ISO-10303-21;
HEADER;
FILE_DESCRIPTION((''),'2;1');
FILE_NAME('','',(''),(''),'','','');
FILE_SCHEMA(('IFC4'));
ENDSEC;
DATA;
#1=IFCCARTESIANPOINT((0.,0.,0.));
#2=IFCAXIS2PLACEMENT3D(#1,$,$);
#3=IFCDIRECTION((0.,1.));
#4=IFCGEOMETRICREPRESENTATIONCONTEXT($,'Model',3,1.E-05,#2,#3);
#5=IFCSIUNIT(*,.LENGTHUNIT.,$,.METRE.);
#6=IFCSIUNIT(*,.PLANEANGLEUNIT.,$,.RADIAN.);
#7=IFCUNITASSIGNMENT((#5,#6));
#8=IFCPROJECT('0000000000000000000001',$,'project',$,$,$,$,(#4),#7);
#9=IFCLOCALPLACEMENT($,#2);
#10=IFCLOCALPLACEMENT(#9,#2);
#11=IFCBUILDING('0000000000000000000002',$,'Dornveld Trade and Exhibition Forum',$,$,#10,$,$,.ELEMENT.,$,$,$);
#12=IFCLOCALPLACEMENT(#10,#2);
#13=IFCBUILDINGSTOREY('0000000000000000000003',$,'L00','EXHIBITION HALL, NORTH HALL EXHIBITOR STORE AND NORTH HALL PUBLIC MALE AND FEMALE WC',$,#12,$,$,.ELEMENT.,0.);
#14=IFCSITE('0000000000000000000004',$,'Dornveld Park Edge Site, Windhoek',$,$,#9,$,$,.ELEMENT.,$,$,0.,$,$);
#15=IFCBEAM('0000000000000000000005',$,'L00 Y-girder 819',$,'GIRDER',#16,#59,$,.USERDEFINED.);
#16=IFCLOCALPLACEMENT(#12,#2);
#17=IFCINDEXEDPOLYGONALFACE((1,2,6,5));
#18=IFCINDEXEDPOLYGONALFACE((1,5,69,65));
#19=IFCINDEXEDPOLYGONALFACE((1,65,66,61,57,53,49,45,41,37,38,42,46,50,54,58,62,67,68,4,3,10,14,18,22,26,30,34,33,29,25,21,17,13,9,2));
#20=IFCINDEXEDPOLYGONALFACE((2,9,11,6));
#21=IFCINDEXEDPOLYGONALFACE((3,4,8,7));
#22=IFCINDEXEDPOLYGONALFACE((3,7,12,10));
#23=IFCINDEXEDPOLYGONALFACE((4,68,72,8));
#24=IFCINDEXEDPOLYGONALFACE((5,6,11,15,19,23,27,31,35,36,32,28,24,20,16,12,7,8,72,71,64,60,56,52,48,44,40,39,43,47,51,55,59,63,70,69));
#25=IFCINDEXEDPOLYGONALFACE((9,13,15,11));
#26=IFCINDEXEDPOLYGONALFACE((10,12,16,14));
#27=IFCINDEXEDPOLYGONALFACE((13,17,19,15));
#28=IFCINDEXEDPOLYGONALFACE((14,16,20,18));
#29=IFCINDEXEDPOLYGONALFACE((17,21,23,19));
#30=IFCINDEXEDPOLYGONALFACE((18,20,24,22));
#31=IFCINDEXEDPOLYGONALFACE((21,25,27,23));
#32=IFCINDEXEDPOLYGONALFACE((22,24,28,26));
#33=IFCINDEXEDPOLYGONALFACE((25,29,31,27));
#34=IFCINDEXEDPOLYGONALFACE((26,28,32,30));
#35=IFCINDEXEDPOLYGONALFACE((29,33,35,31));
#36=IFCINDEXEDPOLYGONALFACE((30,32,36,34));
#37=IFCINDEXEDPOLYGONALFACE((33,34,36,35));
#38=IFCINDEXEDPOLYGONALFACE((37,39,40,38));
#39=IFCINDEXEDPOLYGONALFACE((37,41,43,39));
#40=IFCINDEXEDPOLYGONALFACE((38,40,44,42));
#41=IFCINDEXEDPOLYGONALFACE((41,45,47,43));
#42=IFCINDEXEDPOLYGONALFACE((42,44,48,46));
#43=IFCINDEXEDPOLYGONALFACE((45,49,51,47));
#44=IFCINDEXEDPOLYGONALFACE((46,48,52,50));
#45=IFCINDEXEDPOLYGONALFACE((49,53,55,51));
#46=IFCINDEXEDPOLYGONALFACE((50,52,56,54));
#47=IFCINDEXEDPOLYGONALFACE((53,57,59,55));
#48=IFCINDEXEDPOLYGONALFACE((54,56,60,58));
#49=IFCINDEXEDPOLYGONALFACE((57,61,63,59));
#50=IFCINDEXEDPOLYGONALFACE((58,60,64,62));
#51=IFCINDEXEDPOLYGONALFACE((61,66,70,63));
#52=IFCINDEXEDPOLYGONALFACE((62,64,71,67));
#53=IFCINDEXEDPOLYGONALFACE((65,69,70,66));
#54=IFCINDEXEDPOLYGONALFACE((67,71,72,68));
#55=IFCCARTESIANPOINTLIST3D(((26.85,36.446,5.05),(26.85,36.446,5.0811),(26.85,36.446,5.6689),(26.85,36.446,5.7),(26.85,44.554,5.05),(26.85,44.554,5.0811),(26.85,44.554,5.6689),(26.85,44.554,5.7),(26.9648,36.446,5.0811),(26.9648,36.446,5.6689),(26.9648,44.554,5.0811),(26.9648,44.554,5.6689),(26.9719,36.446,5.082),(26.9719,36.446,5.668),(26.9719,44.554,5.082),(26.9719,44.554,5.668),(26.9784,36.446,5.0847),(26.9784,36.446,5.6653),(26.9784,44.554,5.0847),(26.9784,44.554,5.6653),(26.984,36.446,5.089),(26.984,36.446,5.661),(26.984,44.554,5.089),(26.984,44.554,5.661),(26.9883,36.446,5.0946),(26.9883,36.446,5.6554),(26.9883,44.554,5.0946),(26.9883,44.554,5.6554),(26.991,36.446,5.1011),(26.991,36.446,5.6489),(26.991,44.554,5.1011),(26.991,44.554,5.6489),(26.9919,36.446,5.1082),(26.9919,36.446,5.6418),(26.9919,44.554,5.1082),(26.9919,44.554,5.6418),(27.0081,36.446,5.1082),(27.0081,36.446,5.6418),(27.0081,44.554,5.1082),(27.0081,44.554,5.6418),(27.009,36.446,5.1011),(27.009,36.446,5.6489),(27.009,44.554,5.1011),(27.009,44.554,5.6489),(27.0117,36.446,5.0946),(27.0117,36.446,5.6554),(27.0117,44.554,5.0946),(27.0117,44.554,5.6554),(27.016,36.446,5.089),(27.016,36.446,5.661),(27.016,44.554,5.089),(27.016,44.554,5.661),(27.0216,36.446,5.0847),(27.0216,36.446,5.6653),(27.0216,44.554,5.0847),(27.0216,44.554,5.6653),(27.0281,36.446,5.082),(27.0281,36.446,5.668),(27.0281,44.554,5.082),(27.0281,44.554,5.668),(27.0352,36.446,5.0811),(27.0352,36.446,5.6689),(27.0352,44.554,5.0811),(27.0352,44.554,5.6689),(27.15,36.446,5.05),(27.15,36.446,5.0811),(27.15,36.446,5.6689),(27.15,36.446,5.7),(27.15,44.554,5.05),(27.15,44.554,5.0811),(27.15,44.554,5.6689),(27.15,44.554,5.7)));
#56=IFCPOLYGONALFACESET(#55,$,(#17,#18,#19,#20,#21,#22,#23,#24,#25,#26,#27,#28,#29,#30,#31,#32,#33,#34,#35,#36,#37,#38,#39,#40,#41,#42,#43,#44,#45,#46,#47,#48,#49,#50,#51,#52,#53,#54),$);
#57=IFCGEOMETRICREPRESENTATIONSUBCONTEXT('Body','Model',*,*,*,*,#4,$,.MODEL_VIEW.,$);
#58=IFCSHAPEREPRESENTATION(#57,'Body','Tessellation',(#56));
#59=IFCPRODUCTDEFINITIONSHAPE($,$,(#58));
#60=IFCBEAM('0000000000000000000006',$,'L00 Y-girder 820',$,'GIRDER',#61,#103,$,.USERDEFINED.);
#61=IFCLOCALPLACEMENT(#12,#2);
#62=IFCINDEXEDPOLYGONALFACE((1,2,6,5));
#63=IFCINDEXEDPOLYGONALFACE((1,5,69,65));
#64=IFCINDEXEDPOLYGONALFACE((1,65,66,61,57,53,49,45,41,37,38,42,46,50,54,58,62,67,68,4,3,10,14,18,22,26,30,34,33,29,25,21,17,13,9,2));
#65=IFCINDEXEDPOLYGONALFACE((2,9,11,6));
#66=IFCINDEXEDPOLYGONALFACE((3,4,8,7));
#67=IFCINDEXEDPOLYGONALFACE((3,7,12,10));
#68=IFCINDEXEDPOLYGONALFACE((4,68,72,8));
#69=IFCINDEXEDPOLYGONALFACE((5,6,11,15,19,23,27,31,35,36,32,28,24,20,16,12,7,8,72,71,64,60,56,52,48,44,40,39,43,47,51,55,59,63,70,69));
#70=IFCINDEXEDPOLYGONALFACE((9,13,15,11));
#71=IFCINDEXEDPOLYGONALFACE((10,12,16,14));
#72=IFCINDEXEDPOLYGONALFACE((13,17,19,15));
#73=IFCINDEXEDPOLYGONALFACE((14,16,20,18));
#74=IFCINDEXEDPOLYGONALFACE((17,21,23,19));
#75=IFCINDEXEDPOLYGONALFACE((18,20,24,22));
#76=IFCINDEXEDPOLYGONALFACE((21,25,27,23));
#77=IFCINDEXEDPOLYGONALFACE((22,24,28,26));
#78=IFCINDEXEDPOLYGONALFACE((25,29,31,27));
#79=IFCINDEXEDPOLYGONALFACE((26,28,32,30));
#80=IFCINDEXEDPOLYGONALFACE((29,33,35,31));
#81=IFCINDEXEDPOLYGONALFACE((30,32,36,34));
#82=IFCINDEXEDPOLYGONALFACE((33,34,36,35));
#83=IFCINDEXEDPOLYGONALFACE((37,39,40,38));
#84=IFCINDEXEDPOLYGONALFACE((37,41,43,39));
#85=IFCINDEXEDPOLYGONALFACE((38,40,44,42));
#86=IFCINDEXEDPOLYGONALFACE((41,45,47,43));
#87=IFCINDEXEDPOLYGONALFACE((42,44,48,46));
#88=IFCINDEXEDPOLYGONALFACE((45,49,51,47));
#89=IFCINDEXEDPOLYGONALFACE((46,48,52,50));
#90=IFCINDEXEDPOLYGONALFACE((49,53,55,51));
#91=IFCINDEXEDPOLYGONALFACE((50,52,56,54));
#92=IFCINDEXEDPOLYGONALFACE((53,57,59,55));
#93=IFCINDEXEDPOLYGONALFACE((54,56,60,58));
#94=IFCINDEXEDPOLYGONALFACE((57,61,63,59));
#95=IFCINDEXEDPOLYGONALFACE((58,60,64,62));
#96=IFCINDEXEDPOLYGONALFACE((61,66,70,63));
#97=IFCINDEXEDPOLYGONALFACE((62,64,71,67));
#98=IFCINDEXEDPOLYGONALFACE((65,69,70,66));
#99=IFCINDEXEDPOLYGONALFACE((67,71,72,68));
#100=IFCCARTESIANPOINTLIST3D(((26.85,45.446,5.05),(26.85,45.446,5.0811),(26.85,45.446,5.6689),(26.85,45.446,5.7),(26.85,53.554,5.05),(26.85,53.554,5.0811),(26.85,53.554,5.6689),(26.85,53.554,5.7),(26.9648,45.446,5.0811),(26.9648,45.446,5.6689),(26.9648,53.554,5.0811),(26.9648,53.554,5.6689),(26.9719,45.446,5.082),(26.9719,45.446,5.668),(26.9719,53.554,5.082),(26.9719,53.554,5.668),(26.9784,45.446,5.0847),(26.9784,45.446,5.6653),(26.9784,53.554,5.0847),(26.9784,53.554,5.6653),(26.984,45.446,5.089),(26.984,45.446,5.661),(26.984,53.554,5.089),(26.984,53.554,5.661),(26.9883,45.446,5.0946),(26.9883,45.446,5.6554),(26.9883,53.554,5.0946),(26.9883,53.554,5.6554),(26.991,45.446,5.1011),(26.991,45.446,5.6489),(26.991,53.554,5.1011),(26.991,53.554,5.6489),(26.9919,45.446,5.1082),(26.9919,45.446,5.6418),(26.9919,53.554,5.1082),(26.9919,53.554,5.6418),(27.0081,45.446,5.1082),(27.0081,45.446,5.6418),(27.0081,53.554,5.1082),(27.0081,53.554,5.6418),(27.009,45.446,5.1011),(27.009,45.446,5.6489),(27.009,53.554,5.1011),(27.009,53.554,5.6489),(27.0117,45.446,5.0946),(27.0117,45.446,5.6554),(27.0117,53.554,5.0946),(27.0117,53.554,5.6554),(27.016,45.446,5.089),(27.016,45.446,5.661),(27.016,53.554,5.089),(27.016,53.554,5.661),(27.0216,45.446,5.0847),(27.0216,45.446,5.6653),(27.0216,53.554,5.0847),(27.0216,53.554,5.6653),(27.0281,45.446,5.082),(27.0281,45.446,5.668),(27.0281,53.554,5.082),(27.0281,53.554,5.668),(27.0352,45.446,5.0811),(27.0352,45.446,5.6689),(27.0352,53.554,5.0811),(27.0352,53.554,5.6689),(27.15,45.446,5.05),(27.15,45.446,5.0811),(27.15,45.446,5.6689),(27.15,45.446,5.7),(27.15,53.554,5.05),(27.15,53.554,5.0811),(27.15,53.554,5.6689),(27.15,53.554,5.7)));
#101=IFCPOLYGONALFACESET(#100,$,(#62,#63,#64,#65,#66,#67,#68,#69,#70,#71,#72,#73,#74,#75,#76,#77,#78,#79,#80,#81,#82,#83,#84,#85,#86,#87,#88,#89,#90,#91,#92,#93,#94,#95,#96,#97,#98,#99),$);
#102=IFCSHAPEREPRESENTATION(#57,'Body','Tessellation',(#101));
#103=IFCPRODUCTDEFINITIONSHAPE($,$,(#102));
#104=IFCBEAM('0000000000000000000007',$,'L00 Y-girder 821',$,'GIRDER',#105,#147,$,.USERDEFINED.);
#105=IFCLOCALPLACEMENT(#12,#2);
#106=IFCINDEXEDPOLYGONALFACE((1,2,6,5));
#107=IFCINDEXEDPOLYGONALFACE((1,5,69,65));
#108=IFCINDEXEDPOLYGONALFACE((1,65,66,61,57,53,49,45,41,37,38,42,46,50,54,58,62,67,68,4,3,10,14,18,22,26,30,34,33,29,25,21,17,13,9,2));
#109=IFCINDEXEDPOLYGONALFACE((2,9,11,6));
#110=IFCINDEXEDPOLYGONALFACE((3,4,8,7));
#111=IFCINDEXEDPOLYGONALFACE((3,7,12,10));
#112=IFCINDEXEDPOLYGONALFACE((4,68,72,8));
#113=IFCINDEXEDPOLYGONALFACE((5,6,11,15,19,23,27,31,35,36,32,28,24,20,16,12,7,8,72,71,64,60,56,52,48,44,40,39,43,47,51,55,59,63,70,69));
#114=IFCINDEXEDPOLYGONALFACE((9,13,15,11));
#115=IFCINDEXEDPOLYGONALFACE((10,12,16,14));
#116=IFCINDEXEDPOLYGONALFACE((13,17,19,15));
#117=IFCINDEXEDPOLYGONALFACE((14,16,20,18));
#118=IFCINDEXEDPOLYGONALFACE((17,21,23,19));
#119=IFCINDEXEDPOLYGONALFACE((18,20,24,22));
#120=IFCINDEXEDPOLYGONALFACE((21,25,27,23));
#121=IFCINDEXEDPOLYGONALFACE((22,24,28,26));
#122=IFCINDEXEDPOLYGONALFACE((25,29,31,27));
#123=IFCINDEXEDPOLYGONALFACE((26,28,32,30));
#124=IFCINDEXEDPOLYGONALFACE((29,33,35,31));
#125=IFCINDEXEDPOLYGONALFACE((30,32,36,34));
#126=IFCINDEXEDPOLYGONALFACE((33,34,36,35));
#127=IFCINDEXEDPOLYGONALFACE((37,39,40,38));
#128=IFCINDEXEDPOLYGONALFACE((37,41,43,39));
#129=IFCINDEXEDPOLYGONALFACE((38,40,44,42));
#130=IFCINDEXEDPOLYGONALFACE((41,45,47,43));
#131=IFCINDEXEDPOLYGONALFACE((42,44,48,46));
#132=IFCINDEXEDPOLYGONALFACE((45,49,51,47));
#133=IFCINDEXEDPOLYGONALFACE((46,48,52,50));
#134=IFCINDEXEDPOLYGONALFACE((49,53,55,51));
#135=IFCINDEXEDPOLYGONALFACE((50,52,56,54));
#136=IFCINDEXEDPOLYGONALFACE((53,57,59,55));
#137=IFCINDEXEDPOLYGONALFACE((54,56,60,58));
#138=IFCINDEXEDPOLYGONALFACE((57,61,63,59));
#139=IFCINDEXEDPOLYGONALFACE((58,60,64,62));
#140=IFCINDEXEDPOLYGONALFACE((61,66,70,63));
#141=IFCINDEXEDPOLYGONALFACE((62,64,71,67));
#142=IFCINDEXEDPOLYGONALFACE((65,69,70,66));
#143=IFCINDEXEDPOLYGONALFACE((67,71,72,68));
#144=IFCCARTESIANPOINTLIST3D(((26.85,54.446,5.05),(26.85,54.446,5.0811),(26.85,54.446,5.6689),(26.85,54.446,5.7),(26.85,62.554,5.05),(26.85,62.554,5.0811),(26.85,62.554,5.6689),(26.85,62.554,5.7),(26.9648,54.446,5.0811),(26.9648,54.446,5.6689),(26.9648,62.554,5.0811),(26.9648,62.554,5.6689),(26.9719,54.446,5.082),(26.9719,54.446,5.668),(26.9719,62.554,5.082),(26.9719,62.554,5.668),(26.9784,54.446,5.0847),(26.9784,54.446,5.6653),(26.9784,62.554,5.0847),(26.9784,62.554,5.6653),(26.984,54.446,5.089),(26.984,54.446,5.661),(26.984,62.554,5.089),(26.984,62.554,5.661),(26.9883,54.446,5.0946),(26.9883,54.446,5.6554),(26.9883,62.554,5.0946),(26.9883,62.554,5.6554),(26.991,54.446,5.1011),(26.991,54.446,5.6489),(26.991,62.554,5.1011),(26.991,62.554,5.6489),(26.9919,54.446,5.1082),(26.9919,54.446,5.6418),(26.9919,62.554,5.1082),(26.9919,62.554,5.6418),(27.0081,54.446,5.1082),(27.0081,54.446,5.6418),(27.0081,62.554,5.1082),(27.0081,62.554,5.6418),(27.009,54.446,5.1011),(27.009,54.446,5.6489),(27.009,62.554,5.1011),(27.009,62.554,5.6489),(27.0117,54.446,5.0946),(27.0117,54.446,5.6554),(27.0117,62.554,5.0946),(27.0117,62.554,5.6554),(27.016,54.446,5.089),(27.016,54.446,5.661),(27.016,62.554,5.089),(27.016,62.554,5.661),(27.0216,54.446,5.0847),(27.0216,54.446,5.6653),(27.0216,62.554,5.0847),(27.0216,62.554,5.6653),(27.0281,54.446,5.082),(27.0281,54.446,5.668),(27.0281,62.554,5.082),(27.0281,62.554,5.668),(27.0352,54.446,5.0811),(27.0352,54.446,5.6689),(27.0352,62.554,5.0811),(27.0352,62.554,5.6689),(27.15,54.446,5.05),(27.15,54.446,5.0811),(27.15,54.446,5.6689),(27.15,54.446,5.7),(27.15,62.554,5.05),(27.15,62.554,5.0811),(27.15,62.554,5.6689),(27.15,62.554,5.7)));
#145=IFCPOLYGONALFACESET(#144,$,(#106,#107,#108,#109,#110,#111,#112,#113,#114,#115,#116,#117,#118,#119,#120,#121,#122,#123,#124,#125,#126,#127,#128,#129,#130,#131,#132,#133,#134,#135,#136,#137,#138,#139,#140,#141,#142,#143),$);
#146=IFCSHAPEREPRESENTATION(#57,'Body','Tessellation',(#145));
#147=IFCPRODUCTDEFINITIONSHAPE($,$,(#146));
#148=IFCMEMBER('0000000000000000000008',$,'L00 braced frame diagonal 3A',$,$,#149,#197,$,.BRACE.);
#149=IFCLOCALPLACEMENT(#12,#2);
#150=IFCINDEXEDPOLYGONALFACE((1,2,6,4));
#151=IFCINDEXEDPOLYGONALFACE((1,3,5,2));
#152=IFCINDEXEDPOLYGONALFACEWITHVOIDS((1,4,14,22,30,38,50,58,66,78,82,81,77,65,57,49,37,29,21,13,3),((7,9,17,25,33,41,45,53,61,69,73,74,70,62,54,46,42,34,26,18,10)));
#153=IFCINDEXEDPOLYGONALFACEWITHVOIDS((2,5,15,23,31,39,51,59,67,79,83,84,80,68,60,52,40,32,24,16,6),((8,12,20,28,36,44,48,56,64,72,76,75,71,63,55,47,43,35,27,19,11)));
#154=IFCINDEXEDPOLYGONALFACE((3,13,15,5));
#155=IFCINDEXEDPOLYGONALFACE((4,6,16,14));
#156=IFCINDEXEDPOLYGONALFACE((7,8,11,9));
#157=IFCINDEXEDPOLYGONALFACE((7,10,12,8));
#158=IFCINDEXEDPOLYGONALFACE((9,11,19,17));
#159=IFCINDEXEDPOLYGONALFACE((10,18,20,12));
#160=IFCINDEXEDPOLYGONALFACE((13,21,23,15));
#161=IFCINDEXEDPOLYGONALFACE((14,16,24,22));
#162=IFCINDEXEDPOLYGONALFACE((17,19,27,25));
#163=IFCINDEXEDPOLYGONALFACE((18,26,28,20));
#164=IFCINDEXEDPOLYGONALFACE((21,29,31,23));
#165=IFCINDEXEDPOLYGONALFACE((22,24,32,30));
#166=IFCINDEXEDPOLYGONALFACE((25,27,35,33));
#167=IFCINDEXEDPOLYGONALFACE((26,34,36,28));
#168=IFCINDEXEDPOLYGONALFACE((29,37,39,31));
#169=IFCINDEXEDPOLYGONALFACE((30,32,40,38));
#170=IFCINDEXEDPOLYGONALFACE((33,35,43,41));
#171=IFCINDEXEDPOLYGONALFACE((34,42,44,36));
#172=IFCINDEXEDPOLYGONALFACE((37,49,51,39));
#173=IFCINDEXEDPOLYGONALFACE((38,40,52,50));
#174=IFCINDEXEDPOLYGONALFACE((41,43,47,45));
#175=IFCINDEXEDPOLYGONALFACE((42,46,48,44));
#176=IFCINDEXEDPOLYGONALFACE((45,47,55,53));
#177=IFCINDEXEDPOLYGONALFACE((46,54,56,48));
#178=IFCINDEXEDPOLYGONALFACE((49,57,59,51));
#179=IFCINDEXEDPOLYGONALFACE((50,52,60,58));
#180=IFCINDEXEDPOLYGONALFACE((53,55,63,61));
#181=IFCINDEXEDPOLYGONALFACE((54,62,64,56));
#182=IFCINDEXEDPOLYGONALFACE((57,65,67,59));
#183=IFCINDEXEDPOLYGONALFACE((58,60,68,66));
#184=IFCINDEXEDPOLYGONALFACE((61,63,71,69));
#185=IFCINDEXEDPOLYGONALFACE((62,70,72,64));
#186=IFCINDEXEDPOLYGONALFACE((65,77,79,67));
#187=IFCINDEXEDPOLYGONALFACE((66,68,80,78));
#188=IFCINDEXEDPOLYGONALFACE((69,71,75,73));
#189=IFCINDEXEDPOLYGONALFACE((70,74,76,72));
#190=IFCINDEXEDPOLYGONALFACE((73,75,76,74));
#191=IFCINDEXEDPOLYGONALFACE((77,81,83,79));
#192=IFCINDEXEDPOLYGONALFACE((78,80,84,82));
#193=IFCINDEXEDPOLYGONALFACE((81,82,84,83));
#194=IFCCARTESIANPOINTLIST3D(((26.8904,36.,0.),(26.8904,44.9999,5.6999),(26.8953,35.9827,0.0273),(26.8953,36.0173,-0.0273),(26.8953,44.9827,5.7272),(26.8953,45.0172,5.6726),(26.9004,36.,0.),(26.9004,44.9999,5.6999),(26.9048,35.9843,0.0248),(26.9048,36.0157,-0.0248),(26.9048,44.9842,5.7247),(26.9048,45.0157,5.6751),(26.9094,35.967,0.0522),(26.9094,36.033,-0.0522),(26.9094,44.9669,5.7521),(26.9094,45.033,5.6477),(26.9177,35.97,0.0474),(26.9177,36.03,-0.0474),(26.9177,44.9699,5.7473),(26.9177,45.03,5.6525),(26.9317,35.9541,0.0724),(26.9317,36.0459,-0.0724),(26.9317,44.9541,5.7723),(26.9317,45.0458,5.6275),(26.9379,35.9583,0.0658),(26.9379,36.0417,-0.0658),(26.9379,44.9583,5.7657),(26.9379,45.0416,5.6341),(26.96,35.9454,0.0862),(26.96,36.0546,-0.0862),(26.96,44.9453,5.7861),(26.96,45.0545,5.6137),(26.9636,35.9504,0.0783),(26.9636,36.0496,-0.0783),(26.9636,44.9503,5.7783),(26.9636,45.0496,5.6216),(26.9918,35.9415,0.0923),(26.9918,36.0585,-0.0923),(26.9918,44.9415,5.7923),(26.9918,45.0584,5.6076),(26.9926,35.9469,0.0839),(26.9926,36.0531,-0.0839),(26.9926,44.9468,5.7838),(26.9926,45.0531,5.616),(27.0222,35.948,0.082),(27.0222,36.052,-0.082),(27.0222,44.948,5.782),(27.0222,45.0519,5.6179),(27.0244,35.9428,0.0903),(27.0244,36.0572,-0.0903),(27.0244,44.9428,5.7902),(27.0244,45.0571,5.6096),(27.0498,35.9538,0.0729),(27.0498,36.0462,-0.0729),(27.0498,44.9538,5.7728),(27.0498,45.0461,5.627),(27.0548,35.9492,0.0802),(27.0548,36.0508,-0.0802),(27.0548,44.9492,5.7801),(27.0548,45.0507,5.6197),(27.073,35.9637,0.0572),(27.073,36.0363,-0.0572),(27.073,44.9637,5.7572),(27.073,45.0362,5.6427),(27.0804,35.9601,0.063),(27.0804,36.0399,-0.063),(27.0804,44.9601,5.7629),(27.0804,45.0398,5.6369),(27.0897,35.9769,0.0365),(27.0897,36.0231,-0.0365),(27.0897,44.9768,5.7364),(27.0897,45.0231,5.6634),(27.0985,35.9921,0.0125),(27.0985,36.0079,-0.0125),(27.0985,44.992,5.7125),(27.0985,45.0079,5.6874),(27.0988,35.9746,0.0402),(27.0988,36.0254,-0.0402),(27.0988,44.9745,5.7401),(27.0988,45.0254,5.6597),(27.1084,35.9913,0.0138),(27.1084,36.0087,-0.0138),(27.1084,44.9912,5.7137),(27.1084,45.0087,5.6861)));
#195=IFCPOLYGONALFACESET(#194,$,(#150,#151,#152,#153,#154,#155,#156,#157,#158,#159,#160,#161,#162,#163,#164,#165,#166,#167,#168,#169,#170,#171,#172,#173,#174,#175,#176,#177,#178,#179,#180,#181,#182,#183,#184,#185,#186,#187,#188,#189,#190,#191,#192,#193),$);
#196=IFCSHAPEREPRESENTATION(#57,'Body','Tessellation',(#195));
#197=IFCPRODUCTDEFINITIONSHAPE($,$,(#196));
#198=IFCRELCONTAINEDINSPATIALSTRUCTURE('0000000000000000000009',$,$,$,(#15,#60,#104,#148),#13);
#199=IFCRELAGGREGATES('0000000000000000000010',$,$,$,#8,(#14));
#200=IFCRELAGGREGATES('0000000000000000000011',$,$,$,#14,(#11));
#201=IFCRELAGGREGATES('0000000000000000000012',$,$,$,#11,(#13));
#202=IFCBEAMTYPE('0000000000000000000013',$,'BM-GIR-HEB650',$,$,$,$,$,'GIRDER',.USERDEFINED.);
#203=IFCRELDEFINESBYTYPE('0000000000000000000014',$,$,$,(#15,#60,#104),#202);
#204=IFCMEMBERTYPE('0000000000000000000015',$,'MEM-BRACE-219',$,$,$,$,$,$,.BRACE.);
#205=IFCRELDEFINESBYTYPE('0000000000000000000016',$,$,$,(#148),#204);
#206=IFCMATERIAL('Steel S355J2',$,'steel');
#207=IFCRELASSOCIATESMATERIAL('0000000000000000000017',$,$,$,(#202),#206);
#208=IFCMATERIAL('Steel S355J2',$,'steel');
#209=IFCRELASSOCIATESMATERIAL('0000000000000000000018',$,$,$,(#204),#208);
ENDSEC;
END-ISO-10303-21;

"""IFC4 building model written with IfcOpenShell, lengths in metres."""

from ifc_helpers import new_model, si_unit, direction, frame, origin, origin_2d, place, context, subcontext, project, spatial, hollow_circle, i_section, extrude, material, material_profile, profile_set, type_object, element, save


model = new_model("IFC4")

# Units and contexts
model_context = context("Model", 3, precision=1e-05, world=origin(), true_north=direction((0.0, 1.0)))
body_context = subcontext(model_context, "Body", "Model", "MODEL_VIEW")
ifc_project = project(units=[si_unit("LENGTHUNIT", "METRE"), si_unit("PLANEANGLEUNIT", "RADIAN")], contexts=[model_context])

# Site, building, storey
site_placement = place(None, origin())
site = spatial("IfcSite", under=ifc_project, at=site_placement, Name="Dornveld Park Edge Site, Windhoek", CompositionType="ELEMENT", RefElevation=0.0)
building_placement = place(site_placement, origin())
building = spatial("IfcBuilding", under=site, at=building_placement, Name="Dornveld Trade and Exhibition Forum", CompositionType="ELEMENT")
storey_placement = place(building_placement, origin())
storey = spatial("IfcBuildingStorey", under=building, at=storey_placement, Name="L00", Description="EXHIBITION HALL, NORTH HALL EXHIBITOR STORE AND NORTH HALL PUBLIC MALE AND FEMALE WC", CompositionType="ELEMENT", Elevation=0.0)

# Beams
ifc_material_1 = material(Name="Steel S355J2", Category="steel")
ifc_material_profile_1 = material_profile(ifc_material_1, i_section(OverallWidth=0.3, OverallDepth=0.6499, WebThickness=0.0161, FlangeThickness=0.031, FilletRadius=0.0271, at=origin_2d()), Name="HEB 650")
ifc_profile_set_1 = profile_set([ifc_material_profile_1], Name="Steel S355J2")
beam_type_1 = type_object("IfcBeamType", Name="BM-GIR-HEB650", ElementType="GIRDER", PredefinedType="USERDEFINED", material=ifc_profile_set_1)
for number, where, z_axis, x_axis, name in (
    (1, (27.0, 36.446, 5.375), (0.0, 1.0, 0.0), (-1.0, 0.0, 0.0), "L00 Y-girder 819"),
    (2, (27.0, 45.446, 5.375), (0.0, 1.0, 0.0), (-1.0, 0.0, 0.0), "L00 Y-girder 820"),
    (3, (27.0, 54.446, 5.375), (0.0, 1.0, 0.0), (-1.0, 0.0, 0.0), "L00 Y-girder 821"),
):
    element("IfcBeam", number, at=place(storey_placement, frame(where, z_axis=z_axis, x_axis=x_axis)), inside=storey, type_object=beam_type_1, Name=name, ObjectType="GIRDER", PredefinedType="USERDEFINED", context=body_context, shape_type="SweptSolid", body=[
        extrude(i_section(OverallWidth=0.3, OverallDepth=0.6499, WebThickness=0.0161, FlangeThickness=0.031, FilletRadius=0.0271, at=origin_2d()), origin(), (0.0, 0.0, 1.0), 8.1079),
    ])

# Member
ifc_material_2 = material(Name="Steel S355J2", Category="steel")
ifc_material_profile_2 = material_profile(ifc_material_2, hollow_circle(Radius=0.1096, WallThickness=0.01, at=origin_2d()), Name="CHS 219.1x10")
ifc_profile_set_2 = profile_set([ifc_material_profile_2], Name="Steel S355J2")
member_type = type_object("IfcMemberType", Name="MEM-BRACE-219", PredefinedType="BRACE", material=ifc_profile_set_2)
for number, where, z_axis, x_axis, name in (
    (4, (27.0, 36.0, 0.0), (0.0, 0.844821, 0.535049), (-1.0, 0.0, 0.0), "L00 braced frame diagonal 3A"),
):
    element("IfcMember", number, at=place(storey_placement, frame(where, z_axis=z_axis, x_axis=x_axis)), inside=storey, type_object=member_type, Name=name, PredefinedType="BRACE", context=body_context, shape_type="SweptSolid", body=[
        extrude(hollow_circle(Radius=0.1096, WallThickness=0.01, at=origin_2d()), origin(), (0.0, 0.0, 1.0), 10.6531),
    ])

save(model, "model.ifc")
